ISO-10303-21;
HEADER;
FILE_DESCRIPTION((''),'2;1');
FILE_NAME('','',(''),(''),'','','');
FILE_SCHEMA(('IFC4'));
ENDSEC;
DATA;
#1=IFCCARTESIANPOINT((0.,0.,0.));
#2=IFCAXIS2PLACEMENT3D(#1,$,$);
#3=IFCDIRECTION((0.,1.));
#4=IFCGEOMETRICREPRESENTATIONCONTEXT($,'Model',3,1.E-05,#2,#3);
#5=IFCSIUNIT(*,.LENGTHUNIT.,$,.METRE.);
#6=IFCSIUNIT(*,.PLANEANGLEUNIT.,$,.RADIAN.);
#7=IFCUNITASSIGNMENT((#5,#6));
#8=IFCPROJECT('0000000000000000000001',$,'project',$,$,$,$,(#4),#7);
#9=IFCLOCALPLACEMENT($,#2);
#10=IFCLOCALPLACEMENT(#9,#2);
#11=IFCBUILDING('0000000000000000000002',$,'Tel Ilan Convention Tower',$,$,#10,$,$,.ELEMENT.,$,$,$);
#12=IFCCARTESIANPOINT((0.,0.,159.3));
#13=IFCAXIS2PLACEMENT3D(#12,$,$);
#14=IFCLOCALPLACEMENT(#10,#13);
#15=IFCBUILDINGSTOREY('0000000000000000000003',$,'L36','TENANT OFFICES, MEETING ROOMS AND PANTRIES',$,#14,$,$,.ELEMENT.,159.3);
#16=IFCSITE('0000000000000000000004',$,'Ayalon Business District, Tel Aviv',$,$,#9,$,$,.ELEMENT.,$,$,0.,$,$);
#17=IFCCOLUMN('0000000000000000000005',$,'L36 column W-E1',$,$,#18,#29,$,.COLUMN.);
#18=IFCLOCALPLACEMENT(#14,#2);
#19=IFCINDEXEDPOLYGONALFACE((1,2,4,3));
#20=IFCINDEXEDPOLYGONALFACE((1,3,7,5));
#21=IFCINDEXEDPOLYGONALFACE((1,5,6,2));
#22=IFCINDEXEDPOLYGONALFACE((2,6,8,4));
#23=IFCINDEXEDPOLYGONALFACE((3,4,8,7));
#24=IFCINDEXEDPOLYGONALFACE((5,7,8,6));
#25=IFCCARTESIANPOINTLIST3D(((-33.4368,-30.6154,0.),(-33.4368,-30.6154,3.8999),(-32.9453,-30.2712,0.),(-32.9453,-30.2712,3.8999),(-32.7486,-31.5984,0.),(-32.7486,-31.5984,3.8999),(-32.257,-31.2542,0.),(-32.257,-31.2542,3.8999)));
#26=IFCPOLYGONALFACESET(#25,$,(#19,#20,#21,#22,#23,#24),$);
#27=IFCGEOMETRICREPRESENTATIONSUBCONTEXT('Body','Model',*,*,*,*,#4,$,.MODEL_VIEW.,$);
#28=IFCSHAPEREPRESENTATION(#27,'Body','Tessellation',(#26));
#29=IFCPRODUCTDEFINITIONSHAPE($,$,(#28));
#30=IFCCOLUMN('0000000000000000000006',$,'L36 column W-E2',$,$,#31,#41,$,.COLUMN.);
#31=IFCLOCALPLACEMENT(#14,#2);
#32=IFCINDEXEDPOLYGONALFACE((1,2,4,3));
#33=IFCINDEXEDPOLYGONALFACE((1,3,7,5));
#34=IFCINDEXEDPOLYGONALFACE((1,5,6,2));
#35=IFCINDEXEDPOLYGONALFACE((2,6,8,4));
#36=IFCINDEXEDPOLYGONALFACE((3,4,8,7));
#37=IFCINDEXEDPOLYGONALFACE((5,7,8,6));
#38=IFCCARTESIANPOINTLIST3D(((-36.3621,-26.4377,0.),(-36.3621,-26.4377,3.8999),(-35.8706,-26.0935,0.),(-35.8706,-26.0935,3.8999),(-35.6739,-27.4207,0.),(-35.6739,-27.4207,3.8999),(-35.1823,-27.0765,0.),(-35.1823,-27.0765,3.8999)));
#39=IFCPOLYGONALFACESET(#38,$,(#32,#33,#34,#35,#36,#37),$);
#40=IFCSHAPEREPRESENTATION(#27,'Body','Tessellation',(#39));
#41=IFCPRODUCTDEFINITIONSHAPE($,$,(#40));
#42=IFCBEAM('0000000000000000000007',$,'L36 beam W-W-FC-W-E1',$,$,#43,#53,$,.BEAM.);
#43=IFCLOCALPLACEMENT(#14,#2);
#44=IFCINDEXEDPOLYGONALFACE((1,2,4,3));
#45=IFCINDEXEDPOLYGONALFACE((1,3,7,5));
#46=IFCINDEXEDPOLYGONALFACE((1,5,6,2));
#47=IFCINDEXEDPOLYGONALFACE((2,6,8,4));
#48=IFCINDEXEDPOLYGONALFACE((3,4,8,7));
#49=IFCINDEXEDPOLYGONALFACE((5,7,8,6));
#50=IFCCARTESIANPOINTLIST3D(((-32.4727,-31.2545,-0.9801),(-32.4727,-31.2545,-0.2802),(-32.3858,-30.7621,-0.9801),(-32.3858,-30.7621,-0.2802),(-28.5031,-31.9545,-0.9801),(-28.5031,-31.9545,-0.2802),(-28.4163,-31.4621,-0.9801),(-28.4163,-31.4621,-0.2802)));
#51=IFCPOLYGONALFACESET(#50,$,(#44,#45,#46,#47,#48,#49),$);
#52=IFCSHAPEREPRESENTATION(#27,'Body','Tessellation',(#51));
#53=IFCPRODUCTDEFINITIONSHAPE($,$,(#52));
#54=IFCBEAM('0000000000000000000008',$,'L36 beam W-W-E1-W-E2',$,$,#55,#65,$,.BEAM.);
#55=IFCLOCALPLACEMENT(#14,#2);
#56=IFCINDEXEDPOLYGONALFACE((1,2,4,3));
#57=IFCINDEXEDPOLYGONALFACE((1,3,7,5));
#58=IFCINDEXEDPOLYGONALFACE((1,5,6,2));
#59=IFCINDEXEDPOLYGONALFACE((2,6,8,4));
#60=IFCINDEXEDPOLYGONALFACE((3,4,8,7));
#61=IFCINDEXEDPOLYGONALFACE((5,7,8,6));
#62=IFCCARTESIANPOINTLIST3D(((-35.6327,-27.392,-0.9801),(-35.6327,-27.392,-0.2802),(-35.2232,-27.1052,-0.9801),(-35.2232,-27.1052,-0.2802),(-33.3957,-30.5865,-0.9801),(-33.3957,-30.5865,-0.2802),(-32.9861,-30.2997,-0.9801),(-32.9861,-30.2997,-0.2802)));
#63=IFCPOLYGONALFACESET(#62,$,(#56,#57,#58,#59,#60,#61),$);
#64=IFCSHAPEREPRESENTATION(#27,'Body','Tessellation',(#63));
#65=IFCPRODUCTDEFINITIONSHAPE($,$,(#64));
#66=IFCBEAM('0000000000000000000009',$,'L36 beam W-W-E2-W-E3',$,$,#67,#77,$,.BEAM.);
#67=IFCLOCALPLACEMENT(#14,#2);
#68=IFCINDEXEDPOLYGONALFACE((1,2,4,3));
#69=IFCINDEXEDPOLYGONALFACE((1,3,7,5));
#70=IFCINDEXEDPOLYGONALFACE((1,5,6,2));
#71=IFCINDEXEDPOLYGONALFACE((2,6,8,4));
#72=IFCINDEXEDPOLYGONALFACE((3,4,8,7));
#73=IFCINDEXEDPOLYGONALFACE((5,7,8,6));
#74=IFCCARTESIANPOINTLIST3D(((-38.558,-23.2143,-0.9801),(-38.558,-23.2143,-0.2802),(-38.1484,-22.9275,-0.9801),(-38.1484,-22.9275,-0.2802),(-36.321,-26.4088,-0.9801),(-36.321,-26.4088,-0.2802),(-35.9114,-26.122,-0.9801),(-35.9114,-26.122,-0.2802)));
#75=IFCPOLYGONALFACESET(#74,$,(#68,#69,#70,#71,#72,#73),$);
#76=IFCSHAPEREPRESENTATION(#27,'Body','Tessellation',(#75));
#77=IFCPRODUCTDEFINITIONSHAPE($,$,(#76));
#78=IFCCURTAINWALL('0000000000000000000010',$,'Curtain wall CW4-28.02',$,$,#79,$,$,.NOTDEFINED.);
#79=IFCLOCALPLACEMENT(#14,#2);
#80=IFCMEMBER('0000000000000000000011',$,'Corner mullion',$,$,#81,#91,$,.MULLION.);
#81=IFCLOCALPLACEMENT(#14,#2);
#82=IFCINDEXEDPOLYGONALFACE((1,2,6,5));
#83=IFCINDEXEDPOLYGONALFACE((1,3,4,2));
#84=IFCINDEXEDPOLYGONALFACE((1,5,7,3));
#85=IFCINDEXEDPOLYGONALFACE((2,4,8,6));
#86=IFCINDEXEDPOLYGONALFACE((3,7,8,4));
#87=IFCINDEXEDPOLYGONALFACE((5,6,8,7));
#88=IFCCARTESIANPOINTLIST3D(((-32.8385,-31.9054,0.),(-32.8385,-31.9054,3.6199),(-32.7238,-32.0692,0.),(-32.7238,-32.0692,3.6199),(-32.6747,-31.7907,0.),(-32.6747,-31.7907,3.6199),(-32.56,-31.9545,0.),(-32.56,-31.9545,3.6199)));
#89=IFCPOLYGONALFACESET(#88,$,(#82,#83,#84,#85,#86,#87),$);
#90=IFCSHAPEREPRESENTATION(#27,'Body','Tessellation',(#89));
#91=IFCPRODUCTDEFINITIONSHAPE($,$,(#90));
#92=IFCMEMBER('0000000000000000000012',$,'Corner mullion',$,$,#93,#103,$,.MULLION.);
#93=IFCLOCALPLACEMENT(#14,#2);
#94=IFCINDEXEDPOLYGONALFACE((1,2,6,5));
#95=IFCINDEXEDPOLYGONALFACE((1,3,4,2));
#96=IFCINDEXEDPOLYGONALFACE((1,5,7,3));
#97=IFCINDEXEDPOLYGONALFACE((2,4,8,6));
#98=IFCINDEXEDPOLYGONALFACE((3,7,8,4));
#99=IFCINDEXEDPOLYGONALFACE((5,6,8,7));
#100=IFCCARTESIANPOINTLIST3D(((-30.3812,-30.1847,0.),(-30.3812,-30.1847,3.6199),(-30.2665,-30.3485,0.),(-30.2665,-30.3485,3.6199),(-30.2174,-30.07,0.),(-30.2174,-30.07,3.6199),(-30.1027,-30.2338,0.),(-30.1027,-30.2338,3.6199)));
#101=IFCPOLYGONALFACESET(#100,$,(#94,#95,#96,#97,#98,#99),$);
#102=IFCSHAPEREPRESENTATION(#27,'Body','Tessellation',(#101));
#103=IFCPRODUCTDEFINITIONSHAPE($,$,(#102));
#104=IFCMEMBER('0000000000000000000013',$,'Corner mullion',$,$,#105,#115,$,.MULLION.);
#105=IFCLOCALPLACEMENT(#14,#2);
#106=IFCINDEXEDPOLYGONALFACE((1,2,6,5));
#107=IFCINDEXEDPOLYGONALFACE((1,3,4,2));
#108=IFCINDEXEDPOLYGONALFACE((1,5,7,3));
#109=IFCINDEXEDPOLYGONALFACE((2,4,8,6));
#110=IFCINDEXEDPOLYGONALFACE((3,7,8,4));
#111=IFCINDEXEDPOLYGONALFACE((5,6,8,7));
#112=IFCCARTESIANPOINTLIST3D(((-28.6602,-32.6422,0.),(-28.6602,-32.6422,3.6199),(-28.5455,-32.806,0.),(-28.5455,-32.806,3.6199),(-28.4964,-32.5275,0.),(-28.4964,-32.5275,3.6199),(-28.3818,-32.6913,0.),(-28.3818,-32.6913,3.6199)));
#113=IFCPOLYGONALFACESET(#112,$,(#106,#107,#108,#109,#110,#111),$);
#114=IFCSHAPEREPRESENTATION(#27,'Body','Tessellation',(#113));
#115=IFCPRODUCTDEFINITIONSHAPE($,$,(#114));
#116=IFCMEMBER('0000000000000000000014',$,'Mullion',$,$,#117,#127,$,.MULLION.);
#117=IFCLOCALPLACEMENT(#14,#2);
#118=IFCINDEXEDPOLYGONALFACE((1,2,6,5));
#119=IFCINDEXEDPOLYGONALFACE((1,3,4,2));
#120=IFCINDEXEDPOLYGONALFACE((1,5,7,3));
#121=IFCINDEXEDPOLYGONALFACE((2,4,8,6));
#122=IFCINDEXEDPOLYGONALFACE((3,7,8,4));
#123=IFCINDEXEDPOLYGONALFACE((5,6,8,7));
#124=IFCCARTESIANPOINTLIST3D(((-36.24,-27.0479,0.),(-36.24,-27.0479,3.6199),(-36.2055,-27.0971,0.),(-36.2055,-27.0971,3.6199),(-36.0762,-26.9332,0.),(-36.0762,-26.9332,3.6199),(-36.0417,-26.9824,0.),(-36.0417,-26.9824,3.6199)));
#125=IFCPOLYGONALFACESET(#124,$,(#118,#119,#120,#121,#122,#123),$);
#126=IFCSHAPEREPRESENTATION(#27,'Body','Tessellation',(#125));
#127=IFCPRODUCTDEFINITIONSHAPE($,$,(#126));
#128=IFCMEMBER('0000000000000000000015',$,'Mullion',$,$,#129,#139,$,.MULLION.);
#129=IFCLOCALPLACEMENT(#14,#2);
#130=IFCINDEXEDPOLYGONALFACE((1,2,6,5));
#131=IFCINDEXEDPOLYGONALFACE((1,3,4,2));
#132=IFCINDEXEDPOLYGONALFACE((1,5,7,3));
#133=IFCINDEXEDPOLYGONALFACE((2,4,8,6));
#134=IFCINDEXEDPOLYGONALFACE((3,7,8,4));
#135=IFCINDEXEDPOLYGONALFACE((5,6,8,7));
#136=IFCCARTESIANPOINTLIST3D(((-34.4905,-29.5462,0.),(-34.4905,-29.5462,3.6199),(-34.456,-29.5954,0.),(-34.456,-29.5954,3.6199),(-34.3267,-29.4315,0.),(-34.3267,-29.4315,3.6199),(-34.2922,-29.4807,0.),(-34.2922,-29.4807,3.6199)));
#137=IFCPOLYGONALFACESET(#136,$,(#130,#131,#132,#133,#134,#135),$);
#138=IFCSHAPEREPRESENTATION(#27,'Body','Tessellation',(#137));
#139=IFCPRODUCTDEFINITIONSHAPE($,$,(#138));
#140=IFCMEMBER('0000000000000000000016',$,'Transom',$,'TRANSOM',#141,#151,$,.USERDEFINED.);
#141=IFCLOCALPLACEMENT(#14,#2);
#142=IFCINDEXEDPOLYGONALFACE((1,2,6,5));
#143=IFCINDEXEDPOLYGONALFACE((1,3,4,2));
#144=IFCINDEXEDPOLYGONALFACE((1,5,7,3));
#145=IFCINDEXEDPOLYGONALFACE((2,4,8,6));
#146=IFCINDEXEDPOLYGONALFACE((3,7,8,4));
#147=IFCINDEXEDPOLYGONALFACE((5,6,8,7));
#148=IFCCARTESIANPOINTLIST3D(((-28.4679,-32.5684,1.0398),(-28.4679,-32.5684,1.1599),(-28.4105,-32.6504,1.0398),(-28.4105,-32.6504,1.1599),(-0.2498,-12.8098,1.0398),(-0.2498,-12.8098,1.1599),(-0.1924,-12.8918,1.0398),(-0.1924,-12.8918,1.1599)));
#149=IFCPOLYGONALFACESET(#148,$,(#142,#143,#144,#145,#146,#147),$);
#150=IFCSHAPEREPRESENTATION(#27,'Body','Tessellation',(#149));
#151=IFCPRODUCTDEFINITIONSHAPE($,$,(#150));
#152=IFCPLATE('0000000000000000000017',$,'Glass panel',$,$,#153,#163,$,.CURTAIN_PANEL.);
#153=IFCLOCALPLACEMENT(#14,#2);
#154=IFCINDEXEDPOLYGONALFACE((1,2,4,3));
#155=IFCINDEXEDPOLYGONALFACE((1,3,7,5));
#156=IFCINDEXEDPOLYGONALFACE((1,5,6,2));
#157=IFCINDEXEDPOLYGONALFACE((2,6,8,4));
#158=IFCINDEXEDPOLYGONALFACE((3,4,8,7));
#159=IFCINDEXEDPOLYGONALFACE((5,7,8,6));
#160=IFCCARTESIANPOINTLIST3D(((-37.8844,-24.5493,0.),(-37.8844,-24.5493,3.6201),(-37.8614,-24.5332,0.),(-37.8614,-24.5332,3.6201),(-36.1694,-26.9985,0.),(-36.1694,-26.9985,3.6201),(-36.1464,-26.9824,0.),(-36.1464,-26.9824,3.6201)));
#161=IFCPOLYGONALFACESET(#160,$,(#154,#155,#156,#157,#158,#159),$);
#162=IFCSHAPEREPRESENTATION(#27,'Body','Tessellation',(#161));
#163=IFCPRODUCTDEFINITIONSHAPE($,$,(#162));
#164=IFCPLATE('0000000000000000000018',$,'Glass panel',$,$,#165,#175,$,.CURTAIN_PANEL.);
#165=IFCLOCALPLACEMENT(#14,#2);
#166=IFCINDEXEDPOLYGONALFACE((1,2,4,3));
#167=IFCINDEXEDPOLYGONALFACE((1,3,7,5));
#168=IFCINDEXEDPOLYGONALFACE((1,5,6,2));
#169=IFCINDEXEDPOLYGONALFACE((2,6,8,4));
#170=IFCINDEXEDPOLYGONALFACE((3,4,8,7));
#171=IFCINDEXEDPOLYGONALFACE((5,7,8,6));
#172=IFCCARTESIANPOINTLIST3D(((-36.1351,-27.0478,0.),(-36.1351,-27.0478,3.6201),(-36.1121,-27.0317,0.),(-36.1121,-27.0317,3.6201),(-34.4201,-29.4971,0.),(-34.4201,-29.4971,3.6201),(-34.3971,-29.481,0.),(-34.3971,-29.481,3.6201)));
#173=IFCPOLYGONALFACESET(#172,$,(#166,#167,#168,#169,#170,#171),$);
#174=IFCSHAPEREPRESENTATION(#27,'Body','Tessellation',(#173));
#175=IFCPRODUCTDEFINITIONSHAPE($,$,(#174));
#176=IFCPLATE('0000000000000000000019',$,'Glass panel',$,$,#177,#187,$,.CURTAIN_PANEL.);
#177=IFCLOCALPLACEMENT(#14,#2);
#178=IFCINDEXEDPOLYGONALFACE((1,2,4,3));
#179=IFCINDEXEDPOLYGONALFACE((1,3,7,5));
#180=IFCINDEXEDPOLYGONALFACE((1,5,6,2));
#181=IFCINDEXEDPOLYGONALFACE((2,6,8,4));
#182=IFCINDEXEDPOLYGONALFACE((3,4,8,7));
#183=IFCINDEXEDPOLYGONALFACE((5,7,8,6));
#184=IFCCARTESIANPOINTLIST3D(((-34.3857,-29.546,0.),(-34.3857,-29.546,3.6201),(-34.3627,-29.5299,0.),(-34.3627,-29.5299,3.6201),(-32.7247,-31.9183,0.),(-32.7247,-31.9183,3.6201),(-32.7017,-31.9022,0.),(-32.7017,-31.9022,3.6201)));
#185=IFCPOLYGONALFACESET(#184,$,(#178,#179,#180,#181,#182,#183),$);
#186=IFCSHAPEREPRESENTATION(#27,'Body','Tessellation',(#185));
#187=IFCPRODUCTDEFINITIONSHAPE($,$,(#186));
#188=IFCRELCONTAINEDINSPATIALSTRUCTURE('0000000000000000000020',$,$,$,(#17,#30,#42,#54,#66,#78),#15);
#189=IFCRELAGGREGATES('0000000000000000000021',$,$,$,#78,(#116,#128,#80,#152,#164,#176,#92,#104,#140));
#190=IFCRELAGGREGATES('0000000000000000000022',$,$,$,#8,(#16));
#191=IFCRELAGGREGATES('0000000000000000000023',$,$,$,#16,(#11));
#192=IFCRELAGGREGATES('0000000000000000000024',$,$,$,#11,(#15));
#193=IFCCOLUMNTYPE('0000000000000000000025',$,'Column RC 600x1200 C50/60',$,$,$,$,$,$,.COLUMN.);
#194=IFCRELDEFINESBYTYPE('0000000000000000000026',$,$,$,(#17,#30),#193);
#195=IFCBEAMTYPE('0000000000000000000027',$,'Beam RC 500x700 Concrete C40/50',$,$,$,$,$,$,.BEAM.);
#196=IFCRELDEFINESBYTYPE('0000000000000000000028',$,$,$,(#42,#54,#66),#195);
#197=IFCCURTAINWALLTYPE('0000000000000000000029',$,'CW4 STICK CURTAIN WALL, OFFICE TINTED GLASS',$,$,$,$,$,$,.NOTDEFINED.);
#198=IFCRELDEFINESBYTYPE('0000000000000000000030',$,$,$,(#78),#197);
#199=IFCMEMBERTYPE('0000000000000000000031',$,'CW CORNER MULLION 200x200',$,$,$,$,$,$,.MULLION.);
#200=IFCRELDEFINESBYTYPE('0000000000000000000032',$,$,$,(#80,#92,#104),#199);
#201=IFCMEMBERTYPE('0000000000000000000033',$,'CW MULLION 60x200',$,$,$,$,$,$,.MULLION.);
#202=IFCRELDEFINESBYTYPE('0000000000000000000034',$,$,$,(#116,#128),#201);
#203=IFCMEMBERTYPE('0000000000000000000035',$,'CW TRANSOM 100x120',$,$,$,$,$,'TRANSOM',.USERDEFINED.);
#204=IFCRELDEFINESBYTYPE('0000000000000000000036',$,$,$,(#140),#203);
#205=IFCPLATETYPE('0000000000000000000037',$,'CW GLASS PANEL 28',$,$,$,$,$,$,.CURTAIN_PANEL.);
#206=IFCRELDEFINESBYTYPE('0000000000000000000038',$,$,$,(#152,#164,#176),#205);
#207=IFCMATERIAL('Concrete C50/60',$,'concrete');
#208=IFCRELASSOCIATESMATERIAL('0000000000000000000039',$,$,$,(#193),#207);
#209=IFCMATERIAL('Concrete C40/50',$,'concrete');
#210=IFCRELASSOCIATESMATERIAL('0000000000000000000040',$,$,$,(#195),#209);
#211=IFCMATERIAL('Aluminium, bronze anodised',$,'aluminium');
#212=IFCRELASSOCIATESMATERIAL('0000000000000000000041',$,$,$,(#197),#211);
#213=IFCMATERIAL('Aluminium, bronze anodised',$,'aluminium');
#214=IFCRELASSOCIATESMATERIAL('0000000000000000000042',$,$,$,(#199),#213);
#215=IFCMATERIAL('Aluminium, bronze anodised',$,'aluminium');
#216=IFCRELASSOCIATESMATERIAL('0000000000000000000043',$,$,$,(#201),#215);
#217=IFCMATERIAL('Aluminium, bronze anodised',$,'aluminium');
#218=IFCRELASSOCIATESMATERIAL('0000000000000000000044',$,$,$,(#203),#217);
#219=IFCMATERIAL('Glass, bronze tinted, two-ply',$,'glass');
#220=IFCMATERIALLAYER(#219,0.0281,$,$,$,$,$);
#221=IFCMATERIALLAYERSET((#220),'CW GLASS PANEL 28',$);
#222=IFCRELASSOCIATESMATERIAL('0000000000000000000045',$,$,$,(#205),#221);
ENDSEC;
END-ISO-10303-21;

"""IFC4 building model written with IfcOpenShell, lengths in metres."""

from ifc_helpers import new_model, si_unit, direction, frame, origin, origin_2d, place, context, subcontext, project, spatial, rectangle, extrude, material, layer, layer_set, material_profile, profile_set, type_object, element, aggregate, save


model = new_model("IFC4")

# Units and contexts
model_context = context("Model", 3, precision=1e-05, world=origin(), true_north=direction((0.0, 1.0)))
body_context = subcontext(model_context, "Body", "Model", "MODEL_VIEW")
ifc_project = project(units=[si_unit("LENGTHUNIT", "METRE"), si_unit("PLANEANGLEUNIT", "RADIAN")], contexts=[model_context])

# Site, building, storey
site_placement = place(None, origin())
site = spatial("IfcSite", under=ifc_project, at=site_placement, Name="Ayalon Business District, Tel Aviv", CompositionType="ELEMENT", RefElevation=0.0)
building_placement = place(site_placement, origin())
building = spatial("IfcBuilding", under=site, at=building_placement, Name="Tel Ilan Convention Tower", CompositionType="ELEMENT")
storey_placement = place(building_placement, frame((0.0, 0.0, 159.3)))
storey = spatial("IfcBuildingStorey", under=building, at=storey_placement, Name="L36", Description="TENANT OFFICES, MEETING ROOMS AND PANTRIES", CompositionType="ELEMENT", Elevation=159.3)

# Columns
ifc_material_1 = material(Name="Concrete C50/60", Category="concrete")
ifc_material_profile_1 = material_profile(ifc_material_1, rectangle(XDim=1.2, YDim=0.6001, at=origin_2d()), Name="RC 600x1200")
ifc_profile_set_1 = profile_set([ifc_material_profile_1], Name="Concrete C50/60")
column_type = type_object("IfcColumnType", Name="Column RC 600x1200 C50/60", PredefinedType="COLUMN", material=ifc_profile_set_1)
for number, where, z_axis, x_axis, name in (
    (1, (-32.8469, -30.9348, 0.0), (0.0, 0.0, 1.0), (-0.573576, 0.819152, 0.0), "L36 column W-E1"),
    (2, (-35.7722, -26.7571, 0.0), (0.0, 0.0, 1.0), (-0.573576, 0.819152, 0.0), "L36 column W-E2"),
):
    element("IfcColumn", number, at=place(storey_placement, frame(where, z_axis=z_axis, x_axis=x_axis)), inside=storey, type_object=column_type, Name=name, PredefinedType="COLUMN", context=body_context, shape_type="SweptSolid", body=[
        extrude(rectangle(XDim=1.2, YDim=0.6001, at=origin_2d()), origin(), (0.0, 0.0, 1.0), 3.8999),
    ])

# Beams
ifc_material_2 = material(Name="Concrete C40/50", Category="concrete")
ifc_material_profile_2 = material_profile(ifc_material_2, rectangle(XDim=0.5, YDim=0.7, at=origin_2d()), Name="RC 500x700")
ifc_profile_set_2 = profile_set([ifc_material_profile_2], Name="Concrete C40/50")
beam_type = type_object("IfcBeamType", Name="Beam RC 500x700 Concrete C40/50", PredefinedType="BEAM", material=ifc_profile_set_2)
beam_placement = place(storey_placement, frame((-28.4597, -31.7083, -0.6301), z_axis=(-0.984807, 0.173654, 0.0), x_axis=(-0.173654, -0.984807, 0.0)))
element("IfcBeam", 3, at=beam_placement, inside=storey, type_object=beam_type, Name="L36 beam W-W-FC-W-E1", PredefinedType="BEAM", context=body_context, shape_type="SweptSolid", body=[
    extrude(rectangle(XDim=0.5, YDim=0.7, at=origin_2d()), origin(), (0.0, 0.0, 1.0), 4.0308),
])
for number, where, z_axis, x_axis, name in (
    (4, (-33.1909, -30.4431, -0.6301), (-0.573609, 0.819129, 0.0), (-0.819129, -0.573609, 0.0), "L36 beam W-W-E1-W-E2"),
    (5, (-36.1162, -26.2654, -0.6301), (-0.573609, 0.819129, 0.0), (-0.819129, -0.573609, 0.0), "L36 beam W-W-E2-W-E3"),
):
    element("IfcBeam", number, at=place(storey_placement, frame(where, z_axis=z_axis, x_axis=x_axis)), inside=storey, type_object=beam_type, Name=name, PredefinedType="BEAM", context=body_context, shape_type="SweptSolid", body=[
        extrude(rectangle(XDim=0.5, YDim=0.7, at=origin_2d()), origin(), (0.0, 0.0, 1.0), 3.8999),
    ])

# Curtain wall, members, plates
ifc_material_3 = material(Name="Aluminium, bronze anodised", Category="aluminium")
curtain_wall_type = type_object("IfcCurtainWallType", Name="CW4 STICK CURTAIN WALL, OFFICE TINTED GLASS", PredefinedType="NOTDEFINED", material=ifc_material_3)
curtain_wall_placement = place(storey_placement, origin())
curtain_wall = element("IfcCurtainWall", 6, at=curtain_wall_placement, inside=storey, type_object=curtain_wall_type, Name="Curtain wall CW4-28.02", PredefinedType="NOTDEFINED")
ifc_material_4 = material(Name="Aluminium, bronze anodised", Category="aluminium")
ifc_material_profile_3 = material_profile(ifc_material_4, rectangle(XDim=0.2, YDim=0.2, at=origin_2d()), Name="CW CORNER MULLION 200x200")
ifc_profile_set_3 = profile_set([ifc_material_profile_3], Name="Aluminium, bronze anodised")
member_type_1 = type_object("IfcMemberType", Name="CW CORNER MULLION 200x200", PredefinedType="MULLION", material=ifc_profile_set_3)
member_1_placement = place(storey_placement, frame((-32.6992, -31.9299, 0.0), z_axis=(0.0, 0.0, 1.0), x_axis=(0.573576, -0.819152, 0.0)))
member_1 = element("IfcMember", 7, at=member_1_placement, type_object=member_type_1, Name="Corner mullion", PredefinedType="MULLION", context=body_context, shape_type="SweptSolid", body=[
    extrude(rectangle(XDim=0.2, YDim=0.2, at=origin_2d()), origin(), (0.0, 0.0, 1.0), 3.6199),
])
member_2_placement = place(storey_placement, frame((-30.2419, -30.2092, 0.0), z_axis=(0.0, 0.0, 1.0), x_axis=(0.819152, 0.573576, 0.0)))
member_2 = element("IfcMember", 8, at=member_2_placement, type_object=member_type_1, Name="Corner mullion", PredefinedType="MULLION", context=body_context, shape_type="SweptSolid", body=[
    extrude(rectangle(XDim=0.2, YDim=0.2, at=origin_2d()), origin(), (0.0, 0.0, 1.0), 3.6199),
])
member_3_placement = place(storey_placement, frame((-28.521, -32.6667, 0.0), z_axis=(0.0, 0.0, 1.0), x_axis=(0.573576, -0.819152, 0.0)))
member_3 = element("IfcMember", 9, at=member_3_placement, type_object=member_type_1, Name="Corner mullion", PredefinedType="MULLION", context=body_context, shape_type="SweptSolid", body=[
    extrude(rectangle(XDim=0.2, YDim=0.2, at=origin_2d()), origin(), (0.0, 0.0, 1.0), 3.6199),
])
ifc_material_5 = material(Name="Aluminium, bronze anodised", Category="aluminium")
ifc_material_profile_4 = material_profile(ifc_material_5, rectangle(XDim=0.0601, YDim=0.2, at=origin_2d()), Name="CW MULLION 60x200")
ifc_profile_set_4 = profile_set([ifc_material_profile_4], Name="Aluminium, bronze anodised")
member_type_2 = type_object("IfcMemberType", Name="CW MULLION 60x200", PredefinedType="MULLION", material=ifc_profile_set_4)
member_4_placement = place(storey_placement, frame((-36.1409, -27.0151, 0.0), z_axis=(0.0, 0.0, 1.0), x_axis=(0.573576, -0.819152, 0.0)))
member_4 = element("IfcMember", 10, at=member_4_placement, type_object=member_type_2, Name="Mullion", PredefinedType="MULLION", context=body_context, shape_type="SweptSolid", body=[
    extrude(rectangle(XDim=0.0601, YDim=0.2, at=origin_2d()), origin(), (0.0, 0.0, 1.0), 3.6199),
])
member_5_placement = place(storey_placement, frame((-34.3914, -29.5134, 0.0), z_axis=(0.0, 0.0, 1.0), x_axis=(0.573576, -0.819152, 0.0)))
member_5 = element("IfcMember", 11, at=member_5_placement, type_object=member_type_2, Name="Mullion", PredefinedType="MULLION", context=body_context, shape_type="SweptSolid", body=[
    extrude(rectangle(XDim=0.0601, YDim=0.2, at=origin_2d()), origin(), (0.0, 0.0, 1.0), 3.6199),
])
ifc_material_6 = material(Name="Aluminium, bronze anodised", Category="aluminium")
ifc_material_profile_5 = material_profile(ifc_material_6, rectangle(XDim=0.1001, YDim=0.1201, at=origin_2d()), Name="CW TRANSOM 100x120")
ifc_profile_set_5 = profile_set([ifc_material_profile_5], Name="Aluminium, bronze anodised")
member_type_3 = type_object("IfcMemberType", Name="CW TRANSOM 100x120", ElementType="TRANSOM", PredefinedType="USERDEFINED", material=ifc_profile_set_5)
member_6_placement = place(storey_placement, frame((-28.4392, -32.6094, 1.0999), z_axis=(0.819151, 0.573578, 0.0), x_axis=(-0.573578, 0.819151, 0.0)))
member_6 = element("IfcMember", 12, at=member_6_placement, type_object=member_type_3, Name="Transom", ObjectType="TRANSOM", PredefinedType="USERDEFINED", context=body_context, shape_type="SweptSolid", body=[
    extrude(rectangle(XDim=0.1001, YDim=0.1201, at=origin_2d()), origin(), (0.0, 0.0, 1.0), 34.448),
])
ifc_material_7 = material(Name="Glass, bronze tinted, two-ply", Category="glass")
ifc_layer_1 = layer(ifc_material_7, 0.0281)
ifc_layer_set_1 = layer_set([ifc_layer_1], Name="CW GLASS PANEL 28")
plate_type = type_object("IfcPlateType", Name="CW GLASS PANEL 28", PredefinedType="CURTAIN_PANEL", material=ifc_layer_set_1)
plate_1_placement = place(storey_placement, frame((-37.0154, -25.7659, 0.0), z_axis=(0.0, 0.0, 1.0), x_axis=(0.573576, -0.819152, 0.0)))
plate_1 = element("IfcPlate", 13, at=plate_1_placement, type_object=plate_type, Name="Glass panel", PredefinedType="CURTAIN_PANEL", context=body_context, shape_type="SweptSolid", body=[
    extrude(rectangle(XDim=2.99, YDim=0.0281, at=origin_2d()), origin(), (0.0, 0.0, 1.0), 3.6201),
])
plate_2_placement = place(storey_placement, frame((-35.2661, -28.2644, 0.0), z_axis=(0.0, 0.0, 1.0), x_axis=(0.573576, -0.819152, 0.0)))
plate_2 = element("IfcPlate", 14, at=plate_2_placement, type_object=plate_type, Name="Glass panel", PredefinedType="CURTAIN_PANEL", context=body_context, shape_type="SweptSolid", body=[
    extrude(rectangle(XDim=2.99, YDim=0.0281, at=origin_2d()), origin(), (0.0, 0.0, 1.0), 3.6201),
])
plate_3_placement = place(storey_placement, frame((-33.5437, -30.7241, 0.0), z_axis=(0.0, 0.0, 1.0), x_axis=(0.573576, -0.819152, 0.0)))
plate_3 = element("IfcPlate", 15, at=plate_3_placement, type_object=plate_type, Name="Glass panel", PredefinedType="CURTAIN_PANEL", context=body_context, shape_type="SweptSolid", body=[
    extrude(rectangle(XDim=2.896, YDim=0.0281, at=origin_2d()), origin(), (0.0, 0.0, 1.0), 3.6201),
])
aggregate(curtain_wall, [member_4, member_5, member_1, plate_1, plate_2, plate_3, member_2, member_3, member_6])

save(model, "model.ifc")
